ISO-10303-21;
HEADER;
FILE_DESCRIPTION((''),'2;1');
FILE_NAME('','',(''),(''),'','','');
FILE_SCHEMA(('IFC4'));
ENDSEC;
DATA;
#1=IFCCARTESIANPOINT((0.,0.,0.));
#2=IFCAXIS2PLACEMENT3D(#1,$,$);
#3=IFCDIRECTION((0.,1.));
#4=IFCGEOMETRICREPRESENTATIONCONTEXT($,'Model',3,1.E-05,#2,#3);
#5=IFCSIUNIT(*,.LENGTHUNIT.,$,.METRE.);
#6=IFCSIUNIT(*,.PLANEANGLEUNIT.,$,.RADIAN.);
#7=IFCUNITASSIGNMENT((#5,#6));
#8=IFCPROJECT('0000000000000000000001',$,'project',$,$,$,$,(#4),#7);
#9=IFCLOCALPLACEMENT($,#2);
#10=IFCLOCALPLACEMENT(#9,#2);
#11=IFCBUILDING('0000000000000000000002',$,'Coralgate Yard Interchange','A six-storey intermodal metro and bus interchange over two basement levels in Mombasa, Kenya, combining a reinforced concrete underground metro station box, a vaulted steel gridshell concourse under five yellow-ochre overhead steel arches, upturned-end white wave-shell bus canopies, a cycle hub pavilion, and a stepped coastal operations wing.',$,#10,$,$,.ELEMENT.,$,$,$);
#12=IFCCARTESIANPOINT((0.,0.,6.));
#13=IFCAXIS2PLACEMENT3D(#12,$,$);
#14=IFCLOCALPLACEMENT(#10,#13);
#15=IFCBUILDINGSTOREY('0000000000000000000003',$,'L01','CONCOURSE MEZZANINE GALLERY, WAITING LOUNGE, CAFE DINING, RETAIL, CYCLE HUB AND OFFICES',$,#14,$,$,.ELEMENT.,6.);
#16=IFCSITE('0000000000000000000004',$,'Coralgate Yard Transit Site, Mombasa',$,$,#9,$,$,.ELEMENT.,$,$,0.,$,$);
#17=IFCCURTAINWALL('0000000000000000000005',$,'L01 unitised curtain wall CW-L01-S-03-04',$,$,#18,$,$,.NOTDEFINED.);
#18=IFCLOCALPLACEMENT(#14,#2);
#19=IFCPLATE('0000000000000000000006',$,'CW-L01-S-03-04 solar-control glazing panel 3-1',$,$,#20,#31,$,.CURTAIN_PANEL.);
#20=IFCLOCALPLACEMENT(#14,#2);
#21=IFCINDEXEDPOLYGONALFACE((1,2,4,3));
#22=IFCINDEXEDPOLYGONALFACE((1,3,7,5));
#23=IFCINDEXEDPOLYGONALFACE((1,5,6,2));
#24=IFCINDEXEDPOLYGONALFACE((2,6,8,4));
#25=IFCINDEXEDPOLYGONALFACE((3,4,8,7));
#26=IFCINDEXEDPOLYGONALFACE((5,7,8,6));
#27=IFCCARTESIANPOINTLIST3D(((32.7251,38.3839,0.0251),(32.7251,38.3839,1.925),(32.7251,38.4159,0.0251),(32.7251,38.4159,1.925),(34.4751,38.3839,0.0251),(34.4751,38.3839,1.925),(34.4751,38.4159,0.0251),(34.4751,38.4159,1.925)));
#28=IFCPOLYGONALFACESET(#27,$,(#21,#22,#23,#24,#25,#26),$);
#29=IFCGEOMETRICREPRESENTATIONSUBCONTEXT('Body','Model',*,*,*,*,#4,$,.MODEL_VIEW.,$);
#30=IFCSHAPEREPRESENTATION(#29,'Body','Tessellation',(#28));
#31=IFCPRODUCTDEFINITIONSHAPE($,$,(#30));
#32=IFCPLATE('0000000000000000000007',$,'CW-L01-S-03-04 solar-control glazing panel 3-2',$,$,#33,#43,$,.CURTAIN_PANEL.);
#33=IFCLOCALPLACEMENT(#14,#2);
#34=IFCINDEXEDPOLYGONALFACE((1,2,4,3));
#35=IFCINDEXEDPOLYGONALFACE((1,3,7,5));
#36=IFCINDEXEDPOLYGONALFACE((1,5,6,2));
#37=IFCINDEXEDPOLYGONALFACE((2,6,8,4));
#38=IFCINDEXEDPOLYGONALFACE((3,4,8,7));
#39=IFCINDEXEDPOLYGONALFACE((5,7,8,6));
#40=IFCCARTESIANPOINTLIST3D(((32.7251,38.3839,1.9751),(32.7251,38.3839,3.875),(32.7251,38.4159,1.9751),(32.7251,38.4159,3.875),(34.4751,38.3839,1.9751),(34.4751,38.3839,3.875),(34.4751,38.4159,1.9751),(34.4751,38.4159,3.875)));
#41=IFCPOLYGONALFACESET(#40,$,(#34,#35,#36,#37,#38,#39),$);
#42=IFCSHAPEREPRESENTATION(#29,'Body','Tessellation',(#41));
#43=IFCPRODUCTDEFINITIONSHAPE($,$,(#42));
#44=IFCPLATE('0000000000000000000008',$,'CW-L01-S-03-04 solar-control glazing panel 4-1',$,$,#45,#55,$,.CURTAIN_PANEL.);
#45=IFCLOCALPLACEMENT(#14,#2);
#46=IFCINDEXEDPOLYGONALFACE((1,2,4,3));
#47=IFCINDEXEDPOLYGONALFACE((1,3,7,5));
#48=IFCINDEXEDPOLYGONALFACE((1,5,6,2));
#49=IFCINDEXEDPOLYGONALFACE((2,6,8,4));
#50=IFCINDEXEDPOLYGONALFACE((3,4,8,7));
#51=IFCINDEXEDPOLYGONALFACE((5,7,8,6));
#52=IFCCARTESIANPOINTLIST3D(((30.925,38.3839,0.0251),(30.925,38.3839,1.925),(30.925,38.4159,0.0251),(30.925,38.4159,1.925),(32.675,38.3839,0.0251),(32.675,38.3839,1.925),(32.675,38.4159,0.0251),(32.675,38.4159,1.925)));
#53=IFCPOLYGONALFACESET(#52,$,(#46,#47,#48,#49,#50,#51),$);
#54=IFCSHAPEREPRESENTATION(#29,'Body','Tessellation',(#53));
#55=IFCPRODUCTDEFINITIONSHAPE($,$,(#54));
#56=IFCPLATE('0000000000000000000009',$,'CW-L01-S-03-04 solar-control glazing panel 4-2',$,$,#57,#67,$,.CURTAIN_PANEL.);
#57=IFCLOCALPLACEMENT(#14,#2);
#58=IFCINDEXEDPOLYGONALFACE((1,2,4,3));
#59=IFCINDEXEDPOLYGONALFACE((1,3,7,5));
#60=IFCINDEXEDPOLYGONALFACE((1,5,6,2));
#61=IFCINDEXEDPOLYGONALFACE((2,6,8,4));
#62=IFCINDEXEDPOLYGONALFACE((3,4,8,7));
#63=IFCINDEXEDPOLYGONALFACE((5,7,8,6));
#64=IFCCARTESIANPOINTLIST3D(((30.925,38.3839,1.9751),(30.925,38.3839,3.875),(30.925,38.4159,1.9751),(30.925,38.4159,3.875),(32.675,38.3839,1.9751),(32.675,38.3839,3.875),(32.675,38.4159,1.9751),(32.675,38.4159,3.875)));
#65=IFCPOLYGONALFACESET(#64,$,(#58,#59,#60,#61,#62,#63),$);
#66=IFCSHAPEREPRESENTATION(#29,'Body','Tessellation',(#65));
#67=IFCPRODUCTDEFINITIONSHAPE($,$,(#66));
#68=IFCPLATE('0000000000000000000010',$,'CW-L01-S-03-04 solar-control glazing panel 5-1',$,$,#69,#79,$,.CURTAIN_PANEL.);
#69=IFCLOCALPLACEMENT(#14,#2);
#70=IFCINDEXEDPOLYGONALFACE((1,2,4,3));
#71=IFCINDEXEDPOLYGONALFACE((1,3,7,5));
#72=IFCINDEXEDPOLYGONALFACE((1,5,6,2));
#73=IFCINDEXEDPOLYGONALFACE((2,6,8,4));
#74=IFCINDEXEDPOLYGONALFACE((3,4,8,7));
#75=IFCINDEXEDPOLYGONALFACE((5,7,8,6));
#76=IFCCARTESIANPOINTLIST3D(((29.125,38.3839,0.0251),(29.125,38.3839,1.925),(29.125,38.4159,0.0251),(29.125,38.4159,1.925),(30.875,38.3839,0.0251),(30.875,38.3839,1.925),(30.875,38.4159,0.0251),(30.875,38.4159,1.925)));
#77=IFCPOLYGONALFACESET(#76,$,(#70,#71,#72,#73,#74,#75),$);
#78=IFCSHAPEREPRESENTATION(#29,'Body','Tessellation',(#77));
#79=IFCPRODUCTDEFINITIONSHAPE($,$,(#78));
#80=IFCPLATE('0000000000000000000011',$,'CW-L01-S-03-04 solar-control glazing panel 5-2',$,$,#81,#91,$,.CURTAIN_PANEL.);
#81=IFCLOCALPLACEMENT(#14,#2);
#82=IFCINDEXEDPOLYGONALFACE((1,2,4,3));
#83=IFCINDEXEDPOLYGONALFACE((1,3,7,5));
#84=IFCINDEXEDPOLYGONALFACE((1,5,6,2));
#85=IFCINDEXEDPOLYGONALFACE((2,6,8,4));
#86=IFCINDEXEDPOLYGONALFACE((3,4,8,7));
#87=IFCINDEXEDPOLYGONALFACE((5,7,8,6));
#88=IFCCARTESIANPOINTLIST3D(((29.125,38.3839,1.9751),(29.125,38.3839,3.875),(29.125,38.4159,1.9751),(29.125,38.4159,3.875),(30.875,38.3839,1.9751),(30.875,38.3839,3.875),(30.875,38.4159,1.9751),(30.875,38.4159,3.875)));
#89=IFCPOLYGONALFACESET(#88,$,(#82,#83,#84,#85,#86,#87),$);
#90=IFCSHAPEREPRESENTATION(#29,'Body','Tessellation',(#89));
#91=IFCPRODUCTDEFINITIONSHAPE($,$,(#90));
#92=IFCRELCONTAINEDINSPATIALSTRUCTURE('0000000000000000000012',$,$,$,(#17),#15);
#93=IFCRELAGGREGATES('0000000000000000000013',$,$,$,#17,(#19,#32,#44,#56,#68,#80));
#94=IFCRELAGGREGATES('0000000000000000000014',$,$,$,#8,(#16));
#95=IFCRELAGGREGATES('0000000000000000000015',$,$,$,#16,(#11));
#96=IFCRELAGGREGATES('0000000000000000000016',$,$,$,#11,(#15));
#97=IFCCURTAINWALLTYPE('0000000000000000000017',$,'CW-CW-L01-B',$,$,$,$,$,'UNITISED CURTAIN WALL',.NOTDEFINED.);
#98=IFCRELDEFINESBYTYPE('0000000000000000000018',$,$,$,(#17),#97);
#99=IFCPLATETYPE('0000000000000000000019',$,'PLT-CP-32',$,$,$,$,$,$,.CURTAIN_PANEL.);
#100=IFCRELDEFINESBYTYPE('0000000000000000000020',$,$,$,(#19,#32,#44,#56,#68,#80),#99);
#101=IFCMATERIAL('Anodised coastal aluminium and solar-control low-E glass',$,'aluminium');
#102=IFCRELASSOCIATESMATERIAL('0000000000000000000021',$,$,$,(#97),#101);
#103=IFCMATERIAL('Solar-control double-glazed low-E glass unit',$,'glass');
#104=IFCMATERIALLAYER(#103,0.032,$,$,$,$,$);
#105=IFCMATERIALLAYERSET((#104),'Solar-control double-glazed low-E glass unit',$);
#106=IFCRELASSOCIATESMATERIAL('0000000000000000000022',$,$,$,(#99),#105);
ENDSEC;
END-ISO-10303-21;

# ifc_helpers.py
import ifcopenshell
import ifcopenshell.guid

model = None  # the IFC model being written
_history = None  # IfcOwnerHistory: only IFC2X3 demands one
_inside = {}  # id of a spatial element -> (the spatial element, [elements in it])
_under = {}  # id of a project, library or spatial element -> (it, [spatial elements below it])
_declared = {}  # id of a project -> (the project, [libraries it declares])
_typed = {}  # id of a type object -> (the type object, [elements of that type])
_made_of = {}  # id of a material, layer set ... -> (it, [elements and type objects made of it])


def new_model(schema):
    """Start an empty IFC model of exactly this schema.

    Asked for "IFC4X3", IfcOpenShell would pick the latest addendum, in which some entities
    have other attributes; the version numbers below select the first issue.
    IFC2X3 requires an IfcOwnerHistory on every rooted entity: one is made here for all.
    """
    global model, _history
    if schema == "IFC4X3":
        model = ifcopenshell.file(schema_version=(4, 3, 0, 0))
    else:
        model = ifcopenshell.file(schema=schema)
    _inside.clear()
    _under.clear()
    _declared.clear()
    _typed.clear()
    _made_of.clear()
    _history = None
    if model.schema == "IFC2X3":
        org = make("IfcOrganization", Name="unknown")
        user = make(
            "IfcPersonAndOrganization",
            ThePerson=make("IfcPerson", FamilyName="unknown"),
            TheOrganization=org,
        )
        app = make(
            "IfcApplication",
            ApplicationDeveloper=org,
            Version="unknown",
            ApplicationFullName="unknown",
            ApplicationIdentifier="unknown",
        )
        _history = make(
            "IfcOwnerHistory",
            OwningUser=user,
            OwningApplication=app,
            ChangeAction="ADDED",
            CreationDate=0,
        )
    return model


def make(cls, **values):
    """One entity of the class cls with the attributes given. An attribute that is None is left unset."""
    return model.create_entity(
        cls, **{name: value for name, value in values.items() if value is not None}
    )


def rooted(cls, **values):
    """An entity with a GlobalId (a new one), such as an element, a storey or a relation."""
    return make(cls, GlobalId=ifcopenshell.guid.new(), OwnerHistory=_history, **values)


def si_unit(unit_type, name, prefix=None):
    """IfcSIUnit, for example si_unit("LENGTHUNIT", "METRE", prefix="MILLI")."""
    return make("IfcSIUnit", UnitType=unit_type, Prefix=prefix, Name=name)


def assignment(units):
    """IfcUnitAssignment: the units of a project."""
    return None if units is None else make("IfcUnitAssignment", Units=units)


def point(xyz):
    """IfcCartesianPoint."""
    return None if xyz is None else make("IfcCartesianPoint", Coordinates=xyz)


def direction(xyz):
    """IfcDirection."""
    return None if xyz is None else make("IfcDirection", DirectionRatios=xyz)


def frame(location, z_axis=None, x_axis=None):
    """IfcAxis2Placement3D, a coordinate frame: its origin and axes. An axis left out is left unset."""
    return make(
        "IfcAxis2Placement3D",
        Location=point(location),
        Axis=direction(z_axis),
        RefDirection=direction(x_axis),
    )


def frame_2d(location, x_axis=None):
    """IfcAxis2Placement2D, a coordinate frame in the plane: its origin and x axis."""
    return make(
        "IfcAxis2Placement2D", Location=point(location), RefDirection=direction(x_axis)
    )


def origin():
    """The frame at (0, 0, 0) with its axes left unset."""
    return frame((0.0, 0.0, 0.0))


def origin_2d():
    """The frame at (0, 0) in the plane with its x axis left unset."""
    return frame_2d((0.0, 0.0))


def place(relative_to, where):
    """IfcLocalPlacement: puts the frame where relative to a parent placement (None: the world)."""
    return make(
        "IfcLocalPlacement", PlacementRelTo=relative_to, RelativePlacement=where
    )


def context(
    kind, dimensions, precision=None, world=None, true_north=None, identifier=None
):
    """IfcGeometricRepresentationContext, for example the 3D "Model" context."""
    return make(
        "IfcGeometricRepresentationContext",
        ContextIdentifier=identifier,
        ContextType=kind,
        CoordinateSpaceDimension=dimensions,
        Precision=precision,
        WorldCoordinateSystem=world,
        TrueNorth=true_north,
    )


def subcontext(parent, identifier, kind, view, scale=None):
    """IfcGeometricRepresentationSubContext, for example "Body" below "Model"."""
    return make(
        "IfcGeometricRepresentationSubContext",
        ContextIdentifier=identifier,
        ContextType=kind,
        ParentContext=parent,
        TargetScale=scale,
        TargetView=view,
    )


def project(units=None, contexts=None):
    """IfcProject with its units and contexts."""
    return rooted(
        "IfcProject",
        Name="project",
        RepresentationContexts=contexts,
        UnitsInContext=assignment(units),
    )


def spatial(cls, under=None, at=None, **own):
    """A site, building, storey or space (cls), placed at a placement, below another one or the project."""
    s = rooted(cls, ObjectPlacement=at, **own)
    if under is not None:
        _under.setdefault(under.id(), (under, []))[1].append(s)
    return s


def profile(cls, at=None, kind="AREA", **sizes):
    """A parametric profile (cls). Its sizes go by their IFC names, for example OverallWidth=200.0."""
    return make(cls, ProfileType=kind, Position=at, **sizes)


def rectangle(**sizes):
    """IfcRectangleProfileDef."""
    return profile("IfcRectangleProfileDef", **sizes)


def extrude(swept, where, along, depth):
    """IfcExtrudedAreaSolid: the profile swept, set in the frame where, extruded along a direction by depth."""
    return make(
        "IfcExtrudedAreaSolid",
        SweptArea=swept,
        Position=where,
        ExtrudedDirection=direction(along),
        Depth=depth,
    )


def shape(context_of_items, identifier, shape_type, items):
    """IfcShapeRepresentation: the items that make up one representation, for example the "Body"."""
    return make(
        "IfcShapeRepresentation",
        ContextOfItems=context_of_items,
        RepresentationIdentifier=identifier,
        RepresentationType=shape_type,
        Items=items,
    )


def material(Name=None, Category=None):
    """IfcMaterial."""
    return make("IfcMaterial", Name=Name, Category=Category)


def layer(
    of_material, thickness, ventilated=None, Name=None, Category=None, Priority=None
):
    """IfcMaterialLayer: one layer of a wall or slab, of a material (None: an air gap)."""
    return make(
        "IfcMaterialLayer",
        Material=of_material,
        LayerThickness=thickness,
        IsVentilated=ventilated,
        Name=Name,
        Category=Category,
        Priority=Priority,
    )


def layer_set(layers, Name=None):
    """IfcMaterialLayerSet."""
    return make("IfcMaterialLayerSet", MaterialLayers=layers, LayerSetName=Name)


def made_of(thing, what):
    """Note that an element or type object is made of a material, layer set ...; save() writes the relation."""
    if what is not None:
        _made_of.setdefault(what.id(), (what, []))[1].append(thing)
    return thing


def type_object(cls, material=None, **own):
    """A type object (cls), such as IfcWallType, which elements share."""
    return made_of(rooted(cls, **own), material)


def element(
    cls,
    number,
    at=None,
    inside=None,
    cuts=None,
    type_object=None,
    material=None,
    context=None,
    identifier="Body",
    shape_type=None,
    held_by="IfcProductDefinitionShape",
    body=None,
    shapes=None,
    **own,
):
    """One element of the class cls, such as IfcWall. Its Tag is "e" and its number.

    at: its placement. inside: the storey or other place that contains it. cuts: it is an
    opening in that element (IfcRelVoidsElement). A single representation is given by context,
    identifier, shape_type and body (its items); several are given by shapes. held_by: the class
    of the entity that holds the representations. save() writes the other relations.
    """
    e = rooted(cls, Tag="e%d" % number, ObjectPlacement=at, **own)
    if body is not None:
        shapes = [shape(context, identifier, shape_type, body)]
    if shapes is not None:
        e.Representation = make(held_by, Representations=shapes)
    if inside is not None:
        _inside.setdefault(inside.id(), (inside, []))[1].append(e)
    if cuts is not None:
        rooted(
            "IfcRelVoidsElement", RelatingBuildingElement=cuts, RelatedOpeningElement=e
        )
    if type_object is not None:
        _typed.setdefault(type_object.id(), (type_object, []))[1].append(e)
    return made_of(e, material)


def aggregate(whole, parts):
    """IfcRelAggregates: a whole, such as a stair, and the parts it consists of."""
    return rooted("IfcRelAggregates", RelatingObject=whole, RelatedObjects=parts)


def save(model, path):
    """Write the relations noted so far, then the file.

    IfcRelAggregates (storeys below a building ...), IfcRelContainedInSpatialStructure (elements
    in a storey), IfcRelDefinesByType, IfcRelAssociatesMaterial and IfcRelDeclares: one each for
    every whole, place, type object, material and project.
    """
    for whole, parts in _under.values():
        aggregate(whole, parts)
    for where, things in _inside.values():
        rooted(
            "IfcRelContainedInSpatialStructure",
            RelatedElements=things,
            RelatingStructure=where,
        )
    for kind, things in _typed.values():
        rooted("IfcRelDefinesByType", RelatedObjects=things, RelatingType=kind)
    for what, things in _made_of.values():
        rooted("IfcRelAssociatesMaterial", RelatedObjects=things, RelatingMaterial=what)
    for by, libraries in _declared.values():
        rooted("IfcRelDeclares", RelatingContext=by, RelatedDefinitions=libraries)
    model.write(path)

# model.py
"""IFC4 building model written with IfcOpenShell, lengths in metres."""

from ifc_helpers import new_model, si_unit, direction, frame, origin, origin_2d, place, context, subcontext, project, spatial, rectangle, extrude, material, layer, layer_set, type_object, element, aggregate, save


model = new_model("IFC4")

# Units and contexts
model_context = context("Model", 3, precision=1e-05, world=origin(), true_north=direction((0.0, 1.0)))
body_context = subcontext(model_context, "Body", "Model", "MODEL_VIEW")
ifc_project = project(units=[si_unit("LENGTHUNIT", "METRE"), si_unit("PLANEANGLEUNIT", "RADIAN")], contexts=[model_context])

# Site, building, storey
site_placement = place(None, origin())
site = spatial("IfcSite", under=ifc_project, at=site_placement, Name="Coralgate Yard Transit Site, Mombasa", CompositionType="ELEMENT", RefElevation=0.0)
building_placement = place(site_placement, origin())
building = spatial("IfcBuilding", under=site, at=building_placement, Name="Coralgate Yard Interchange", Description="A six-storey intermodal metro and bus interchange over two basement levels in Mombasa, Kenya, combining a reinforced concrete underground metro station box, a vaulted steel gridshell concourse under five yellow-ochre overhead steel arches, upturned-end white wave-shell bus canopies, a cycle hub pavilion, and a stepped coastal operations wing.", CompositionType="ELEMENT")
storey_placement = place(building_placement, frame((0.0, 0.0, 6.0)))
storey = spatial("IfcBuildingStorey", under=building, at=storey_placement, Name="L01", Description="CONCOURSE MEZZANINE GALLERY, WAITING LOUNGE, CAFE DINING, RETAIL, CYCLE HUB AND OFFICES", CompositionType="ELEMENT", Elevation=6.0)

# Curtain wall, plates
ifc_material_1 = material(Name="Anodised coastal aluminium and solar-control low-E glass", Category="aluminium")
curtain_wall_type = type_object("IfcCurtainWallType", Name="CW-CW-L01-B", ElementType="UNITISED CURTAIN WALL", PredefinedType="NOTDEFINED", material=ifc_material_1)
curtain_wall_placement = place(storey_placement, origin())
curtain_wall = element("IfcCurtainWall", 1, at=curtain_wall_placement, inside=storey, type_object=curtain_wall_type, Name="L01 unitised curtain wall CW-L01-S-03-04", PredefinedType="NOTDEFINED")
ifc_material_2 = material(Name="Solar-control double-glazed low-E glass unit", Category="glass")
ifc_layer = layer(ifc_material_2, 0.032)
ifc_layer_set = layer_set([ifc_layer], Name="Solar-control double-glazed low-E glass unit")
plate_type = type_object("IfcPlateType", Name="PLT-CP-32", PredefinedType="CURTAIN_PANEL", material=ifc_layer_set)
plate_1_placement = place(storey_placement, frame((33.6001, 38.3999, 0.0251), z_axis=(0.0, 0.0, 1.0), x_axis=(-1.0, 0.0, 0.0)))
plate_1 = element("IfcPlate", 2, at=plate_1_placement, type_object=plate_type, Name="CW-L01-S-03-04 solar-control glazing panel 3-1", PredefinedType="CURTAIN_PANEL", context=body_context, shape_type="SweptSolid", body=[
    extrude(rectangle(XDim=1.75, YDim=0.032, at=origin_2d()), origin(), (0.0, 0.0, 1.0), 1.8999),
])
plate_2_placement = place(storey_placement, frame((33.6001, 38.3999, 1.9751), z_axis=(0.0, 0.0, 1.0), x_axis=(-1.0, 0.0, 0.0)))
plate_2 = element("IfcPlate", 3, at=plate_2_placement, type_object=plate_type, Name="CW-L01-S-03-04 solar-control glazing panel 3-2", PredefinedType="CURTAIN_PANEL", context=body_context, shape_type="SweptSolid", body=[
    extrude(rectangle(XDim=1.75, YDim=0.032, at=origin_2d()), origin(), (0.0, 0.0, 1.0), 1.8999),
])
plate_3_placement = place(storey_placement, frame((31.8, 38.3999, 0.0251), z_axis=(0.0, 0.0, 1.0), x_axis=(-1.0, 0.0, 0.0)))
plate_3 = element("IfcPlate", 4, at=plate_3_placement, type_object=plate_type, Name="CW-L01-S-03-04 solar-control glazing panel 4-1", PredefinedType="CURTAIN_PANEL", context=body_context, shape_type="SweptSolid", body=[
    extrude(rectangle(XDim=1.75, YDim=0.032, at=origin_2d()), origin(), (0.0, 0.0, 1.0), 1.8999),
])
plate_4_placement = place(storey_placement, frame((31.8, 38.3999, 1.9751), z_axis=(0.0, 0.0, 1.0), x_axis=(-1.0, 0.0, 0.0)))
plate_4 = element("IfcPlate", 5, at=plate_4_placement, type_object=plate_type, Name="CW-L01-S-03-04 solar-control glazing panel 4-2", PredefinedType="CURTAIN_PANEL", context=body_context, shape_type="SweptSolid", body=[
    extrude(rectangle(XDim=1.75, YDim=0.032, at=origin_2d()), origin(), (0.0, 0.0, 1.0), 1.8999),
])
plate_5_placement = place(storey_placement, frame((30.0, 38.3999, 0.0251), z_axis=(0.0, 0.0, 1.0), x_axis=(-1.0, 0.0, 0.0)))
plate_5 = element("IfcPlate", 6, at=plate_5_placement, type_object=plate_type, Name="CW-L01-S-03-04 solar-control glazing panel 5-1", PredefinedType="CURTAIN_PANEL", context=body_context, shape_type="SweptSolid", body=[
    extrude(rectangle(XDim=1.75, YDim=0.032, at=origin_2d()), origin(), (0.0, 0.0, 1.0), 1.8999),
])
plate_6_placement = place(storey_placement, frame((30.0, 38.3999, 1.9751), z_axis=(0.0, 0.0, 1.0), x_axis=(-1.0, 0.0, 0.0)))
plate_6 = element("IfcPlate", 7, at=plate_6_placement, type_object=plate_type, Name="CW-L01-S-03-04 solar-control glazing panel 5-2", PredefinedType="CURTAIN_PANEL", context=body_context, shape_type="SweptSolid", body=[
    extrude(rectangle(XDim=1.75, YDim=0.032, at=origin_2d()), origin(), (0.0, 0.0, 1.0), 1.8999),
])
aggregate(curtain_wall, [plate_1, plate_2, plate_3, plate_4, plate_5, plate_6])

save(model, "model.ifc")
